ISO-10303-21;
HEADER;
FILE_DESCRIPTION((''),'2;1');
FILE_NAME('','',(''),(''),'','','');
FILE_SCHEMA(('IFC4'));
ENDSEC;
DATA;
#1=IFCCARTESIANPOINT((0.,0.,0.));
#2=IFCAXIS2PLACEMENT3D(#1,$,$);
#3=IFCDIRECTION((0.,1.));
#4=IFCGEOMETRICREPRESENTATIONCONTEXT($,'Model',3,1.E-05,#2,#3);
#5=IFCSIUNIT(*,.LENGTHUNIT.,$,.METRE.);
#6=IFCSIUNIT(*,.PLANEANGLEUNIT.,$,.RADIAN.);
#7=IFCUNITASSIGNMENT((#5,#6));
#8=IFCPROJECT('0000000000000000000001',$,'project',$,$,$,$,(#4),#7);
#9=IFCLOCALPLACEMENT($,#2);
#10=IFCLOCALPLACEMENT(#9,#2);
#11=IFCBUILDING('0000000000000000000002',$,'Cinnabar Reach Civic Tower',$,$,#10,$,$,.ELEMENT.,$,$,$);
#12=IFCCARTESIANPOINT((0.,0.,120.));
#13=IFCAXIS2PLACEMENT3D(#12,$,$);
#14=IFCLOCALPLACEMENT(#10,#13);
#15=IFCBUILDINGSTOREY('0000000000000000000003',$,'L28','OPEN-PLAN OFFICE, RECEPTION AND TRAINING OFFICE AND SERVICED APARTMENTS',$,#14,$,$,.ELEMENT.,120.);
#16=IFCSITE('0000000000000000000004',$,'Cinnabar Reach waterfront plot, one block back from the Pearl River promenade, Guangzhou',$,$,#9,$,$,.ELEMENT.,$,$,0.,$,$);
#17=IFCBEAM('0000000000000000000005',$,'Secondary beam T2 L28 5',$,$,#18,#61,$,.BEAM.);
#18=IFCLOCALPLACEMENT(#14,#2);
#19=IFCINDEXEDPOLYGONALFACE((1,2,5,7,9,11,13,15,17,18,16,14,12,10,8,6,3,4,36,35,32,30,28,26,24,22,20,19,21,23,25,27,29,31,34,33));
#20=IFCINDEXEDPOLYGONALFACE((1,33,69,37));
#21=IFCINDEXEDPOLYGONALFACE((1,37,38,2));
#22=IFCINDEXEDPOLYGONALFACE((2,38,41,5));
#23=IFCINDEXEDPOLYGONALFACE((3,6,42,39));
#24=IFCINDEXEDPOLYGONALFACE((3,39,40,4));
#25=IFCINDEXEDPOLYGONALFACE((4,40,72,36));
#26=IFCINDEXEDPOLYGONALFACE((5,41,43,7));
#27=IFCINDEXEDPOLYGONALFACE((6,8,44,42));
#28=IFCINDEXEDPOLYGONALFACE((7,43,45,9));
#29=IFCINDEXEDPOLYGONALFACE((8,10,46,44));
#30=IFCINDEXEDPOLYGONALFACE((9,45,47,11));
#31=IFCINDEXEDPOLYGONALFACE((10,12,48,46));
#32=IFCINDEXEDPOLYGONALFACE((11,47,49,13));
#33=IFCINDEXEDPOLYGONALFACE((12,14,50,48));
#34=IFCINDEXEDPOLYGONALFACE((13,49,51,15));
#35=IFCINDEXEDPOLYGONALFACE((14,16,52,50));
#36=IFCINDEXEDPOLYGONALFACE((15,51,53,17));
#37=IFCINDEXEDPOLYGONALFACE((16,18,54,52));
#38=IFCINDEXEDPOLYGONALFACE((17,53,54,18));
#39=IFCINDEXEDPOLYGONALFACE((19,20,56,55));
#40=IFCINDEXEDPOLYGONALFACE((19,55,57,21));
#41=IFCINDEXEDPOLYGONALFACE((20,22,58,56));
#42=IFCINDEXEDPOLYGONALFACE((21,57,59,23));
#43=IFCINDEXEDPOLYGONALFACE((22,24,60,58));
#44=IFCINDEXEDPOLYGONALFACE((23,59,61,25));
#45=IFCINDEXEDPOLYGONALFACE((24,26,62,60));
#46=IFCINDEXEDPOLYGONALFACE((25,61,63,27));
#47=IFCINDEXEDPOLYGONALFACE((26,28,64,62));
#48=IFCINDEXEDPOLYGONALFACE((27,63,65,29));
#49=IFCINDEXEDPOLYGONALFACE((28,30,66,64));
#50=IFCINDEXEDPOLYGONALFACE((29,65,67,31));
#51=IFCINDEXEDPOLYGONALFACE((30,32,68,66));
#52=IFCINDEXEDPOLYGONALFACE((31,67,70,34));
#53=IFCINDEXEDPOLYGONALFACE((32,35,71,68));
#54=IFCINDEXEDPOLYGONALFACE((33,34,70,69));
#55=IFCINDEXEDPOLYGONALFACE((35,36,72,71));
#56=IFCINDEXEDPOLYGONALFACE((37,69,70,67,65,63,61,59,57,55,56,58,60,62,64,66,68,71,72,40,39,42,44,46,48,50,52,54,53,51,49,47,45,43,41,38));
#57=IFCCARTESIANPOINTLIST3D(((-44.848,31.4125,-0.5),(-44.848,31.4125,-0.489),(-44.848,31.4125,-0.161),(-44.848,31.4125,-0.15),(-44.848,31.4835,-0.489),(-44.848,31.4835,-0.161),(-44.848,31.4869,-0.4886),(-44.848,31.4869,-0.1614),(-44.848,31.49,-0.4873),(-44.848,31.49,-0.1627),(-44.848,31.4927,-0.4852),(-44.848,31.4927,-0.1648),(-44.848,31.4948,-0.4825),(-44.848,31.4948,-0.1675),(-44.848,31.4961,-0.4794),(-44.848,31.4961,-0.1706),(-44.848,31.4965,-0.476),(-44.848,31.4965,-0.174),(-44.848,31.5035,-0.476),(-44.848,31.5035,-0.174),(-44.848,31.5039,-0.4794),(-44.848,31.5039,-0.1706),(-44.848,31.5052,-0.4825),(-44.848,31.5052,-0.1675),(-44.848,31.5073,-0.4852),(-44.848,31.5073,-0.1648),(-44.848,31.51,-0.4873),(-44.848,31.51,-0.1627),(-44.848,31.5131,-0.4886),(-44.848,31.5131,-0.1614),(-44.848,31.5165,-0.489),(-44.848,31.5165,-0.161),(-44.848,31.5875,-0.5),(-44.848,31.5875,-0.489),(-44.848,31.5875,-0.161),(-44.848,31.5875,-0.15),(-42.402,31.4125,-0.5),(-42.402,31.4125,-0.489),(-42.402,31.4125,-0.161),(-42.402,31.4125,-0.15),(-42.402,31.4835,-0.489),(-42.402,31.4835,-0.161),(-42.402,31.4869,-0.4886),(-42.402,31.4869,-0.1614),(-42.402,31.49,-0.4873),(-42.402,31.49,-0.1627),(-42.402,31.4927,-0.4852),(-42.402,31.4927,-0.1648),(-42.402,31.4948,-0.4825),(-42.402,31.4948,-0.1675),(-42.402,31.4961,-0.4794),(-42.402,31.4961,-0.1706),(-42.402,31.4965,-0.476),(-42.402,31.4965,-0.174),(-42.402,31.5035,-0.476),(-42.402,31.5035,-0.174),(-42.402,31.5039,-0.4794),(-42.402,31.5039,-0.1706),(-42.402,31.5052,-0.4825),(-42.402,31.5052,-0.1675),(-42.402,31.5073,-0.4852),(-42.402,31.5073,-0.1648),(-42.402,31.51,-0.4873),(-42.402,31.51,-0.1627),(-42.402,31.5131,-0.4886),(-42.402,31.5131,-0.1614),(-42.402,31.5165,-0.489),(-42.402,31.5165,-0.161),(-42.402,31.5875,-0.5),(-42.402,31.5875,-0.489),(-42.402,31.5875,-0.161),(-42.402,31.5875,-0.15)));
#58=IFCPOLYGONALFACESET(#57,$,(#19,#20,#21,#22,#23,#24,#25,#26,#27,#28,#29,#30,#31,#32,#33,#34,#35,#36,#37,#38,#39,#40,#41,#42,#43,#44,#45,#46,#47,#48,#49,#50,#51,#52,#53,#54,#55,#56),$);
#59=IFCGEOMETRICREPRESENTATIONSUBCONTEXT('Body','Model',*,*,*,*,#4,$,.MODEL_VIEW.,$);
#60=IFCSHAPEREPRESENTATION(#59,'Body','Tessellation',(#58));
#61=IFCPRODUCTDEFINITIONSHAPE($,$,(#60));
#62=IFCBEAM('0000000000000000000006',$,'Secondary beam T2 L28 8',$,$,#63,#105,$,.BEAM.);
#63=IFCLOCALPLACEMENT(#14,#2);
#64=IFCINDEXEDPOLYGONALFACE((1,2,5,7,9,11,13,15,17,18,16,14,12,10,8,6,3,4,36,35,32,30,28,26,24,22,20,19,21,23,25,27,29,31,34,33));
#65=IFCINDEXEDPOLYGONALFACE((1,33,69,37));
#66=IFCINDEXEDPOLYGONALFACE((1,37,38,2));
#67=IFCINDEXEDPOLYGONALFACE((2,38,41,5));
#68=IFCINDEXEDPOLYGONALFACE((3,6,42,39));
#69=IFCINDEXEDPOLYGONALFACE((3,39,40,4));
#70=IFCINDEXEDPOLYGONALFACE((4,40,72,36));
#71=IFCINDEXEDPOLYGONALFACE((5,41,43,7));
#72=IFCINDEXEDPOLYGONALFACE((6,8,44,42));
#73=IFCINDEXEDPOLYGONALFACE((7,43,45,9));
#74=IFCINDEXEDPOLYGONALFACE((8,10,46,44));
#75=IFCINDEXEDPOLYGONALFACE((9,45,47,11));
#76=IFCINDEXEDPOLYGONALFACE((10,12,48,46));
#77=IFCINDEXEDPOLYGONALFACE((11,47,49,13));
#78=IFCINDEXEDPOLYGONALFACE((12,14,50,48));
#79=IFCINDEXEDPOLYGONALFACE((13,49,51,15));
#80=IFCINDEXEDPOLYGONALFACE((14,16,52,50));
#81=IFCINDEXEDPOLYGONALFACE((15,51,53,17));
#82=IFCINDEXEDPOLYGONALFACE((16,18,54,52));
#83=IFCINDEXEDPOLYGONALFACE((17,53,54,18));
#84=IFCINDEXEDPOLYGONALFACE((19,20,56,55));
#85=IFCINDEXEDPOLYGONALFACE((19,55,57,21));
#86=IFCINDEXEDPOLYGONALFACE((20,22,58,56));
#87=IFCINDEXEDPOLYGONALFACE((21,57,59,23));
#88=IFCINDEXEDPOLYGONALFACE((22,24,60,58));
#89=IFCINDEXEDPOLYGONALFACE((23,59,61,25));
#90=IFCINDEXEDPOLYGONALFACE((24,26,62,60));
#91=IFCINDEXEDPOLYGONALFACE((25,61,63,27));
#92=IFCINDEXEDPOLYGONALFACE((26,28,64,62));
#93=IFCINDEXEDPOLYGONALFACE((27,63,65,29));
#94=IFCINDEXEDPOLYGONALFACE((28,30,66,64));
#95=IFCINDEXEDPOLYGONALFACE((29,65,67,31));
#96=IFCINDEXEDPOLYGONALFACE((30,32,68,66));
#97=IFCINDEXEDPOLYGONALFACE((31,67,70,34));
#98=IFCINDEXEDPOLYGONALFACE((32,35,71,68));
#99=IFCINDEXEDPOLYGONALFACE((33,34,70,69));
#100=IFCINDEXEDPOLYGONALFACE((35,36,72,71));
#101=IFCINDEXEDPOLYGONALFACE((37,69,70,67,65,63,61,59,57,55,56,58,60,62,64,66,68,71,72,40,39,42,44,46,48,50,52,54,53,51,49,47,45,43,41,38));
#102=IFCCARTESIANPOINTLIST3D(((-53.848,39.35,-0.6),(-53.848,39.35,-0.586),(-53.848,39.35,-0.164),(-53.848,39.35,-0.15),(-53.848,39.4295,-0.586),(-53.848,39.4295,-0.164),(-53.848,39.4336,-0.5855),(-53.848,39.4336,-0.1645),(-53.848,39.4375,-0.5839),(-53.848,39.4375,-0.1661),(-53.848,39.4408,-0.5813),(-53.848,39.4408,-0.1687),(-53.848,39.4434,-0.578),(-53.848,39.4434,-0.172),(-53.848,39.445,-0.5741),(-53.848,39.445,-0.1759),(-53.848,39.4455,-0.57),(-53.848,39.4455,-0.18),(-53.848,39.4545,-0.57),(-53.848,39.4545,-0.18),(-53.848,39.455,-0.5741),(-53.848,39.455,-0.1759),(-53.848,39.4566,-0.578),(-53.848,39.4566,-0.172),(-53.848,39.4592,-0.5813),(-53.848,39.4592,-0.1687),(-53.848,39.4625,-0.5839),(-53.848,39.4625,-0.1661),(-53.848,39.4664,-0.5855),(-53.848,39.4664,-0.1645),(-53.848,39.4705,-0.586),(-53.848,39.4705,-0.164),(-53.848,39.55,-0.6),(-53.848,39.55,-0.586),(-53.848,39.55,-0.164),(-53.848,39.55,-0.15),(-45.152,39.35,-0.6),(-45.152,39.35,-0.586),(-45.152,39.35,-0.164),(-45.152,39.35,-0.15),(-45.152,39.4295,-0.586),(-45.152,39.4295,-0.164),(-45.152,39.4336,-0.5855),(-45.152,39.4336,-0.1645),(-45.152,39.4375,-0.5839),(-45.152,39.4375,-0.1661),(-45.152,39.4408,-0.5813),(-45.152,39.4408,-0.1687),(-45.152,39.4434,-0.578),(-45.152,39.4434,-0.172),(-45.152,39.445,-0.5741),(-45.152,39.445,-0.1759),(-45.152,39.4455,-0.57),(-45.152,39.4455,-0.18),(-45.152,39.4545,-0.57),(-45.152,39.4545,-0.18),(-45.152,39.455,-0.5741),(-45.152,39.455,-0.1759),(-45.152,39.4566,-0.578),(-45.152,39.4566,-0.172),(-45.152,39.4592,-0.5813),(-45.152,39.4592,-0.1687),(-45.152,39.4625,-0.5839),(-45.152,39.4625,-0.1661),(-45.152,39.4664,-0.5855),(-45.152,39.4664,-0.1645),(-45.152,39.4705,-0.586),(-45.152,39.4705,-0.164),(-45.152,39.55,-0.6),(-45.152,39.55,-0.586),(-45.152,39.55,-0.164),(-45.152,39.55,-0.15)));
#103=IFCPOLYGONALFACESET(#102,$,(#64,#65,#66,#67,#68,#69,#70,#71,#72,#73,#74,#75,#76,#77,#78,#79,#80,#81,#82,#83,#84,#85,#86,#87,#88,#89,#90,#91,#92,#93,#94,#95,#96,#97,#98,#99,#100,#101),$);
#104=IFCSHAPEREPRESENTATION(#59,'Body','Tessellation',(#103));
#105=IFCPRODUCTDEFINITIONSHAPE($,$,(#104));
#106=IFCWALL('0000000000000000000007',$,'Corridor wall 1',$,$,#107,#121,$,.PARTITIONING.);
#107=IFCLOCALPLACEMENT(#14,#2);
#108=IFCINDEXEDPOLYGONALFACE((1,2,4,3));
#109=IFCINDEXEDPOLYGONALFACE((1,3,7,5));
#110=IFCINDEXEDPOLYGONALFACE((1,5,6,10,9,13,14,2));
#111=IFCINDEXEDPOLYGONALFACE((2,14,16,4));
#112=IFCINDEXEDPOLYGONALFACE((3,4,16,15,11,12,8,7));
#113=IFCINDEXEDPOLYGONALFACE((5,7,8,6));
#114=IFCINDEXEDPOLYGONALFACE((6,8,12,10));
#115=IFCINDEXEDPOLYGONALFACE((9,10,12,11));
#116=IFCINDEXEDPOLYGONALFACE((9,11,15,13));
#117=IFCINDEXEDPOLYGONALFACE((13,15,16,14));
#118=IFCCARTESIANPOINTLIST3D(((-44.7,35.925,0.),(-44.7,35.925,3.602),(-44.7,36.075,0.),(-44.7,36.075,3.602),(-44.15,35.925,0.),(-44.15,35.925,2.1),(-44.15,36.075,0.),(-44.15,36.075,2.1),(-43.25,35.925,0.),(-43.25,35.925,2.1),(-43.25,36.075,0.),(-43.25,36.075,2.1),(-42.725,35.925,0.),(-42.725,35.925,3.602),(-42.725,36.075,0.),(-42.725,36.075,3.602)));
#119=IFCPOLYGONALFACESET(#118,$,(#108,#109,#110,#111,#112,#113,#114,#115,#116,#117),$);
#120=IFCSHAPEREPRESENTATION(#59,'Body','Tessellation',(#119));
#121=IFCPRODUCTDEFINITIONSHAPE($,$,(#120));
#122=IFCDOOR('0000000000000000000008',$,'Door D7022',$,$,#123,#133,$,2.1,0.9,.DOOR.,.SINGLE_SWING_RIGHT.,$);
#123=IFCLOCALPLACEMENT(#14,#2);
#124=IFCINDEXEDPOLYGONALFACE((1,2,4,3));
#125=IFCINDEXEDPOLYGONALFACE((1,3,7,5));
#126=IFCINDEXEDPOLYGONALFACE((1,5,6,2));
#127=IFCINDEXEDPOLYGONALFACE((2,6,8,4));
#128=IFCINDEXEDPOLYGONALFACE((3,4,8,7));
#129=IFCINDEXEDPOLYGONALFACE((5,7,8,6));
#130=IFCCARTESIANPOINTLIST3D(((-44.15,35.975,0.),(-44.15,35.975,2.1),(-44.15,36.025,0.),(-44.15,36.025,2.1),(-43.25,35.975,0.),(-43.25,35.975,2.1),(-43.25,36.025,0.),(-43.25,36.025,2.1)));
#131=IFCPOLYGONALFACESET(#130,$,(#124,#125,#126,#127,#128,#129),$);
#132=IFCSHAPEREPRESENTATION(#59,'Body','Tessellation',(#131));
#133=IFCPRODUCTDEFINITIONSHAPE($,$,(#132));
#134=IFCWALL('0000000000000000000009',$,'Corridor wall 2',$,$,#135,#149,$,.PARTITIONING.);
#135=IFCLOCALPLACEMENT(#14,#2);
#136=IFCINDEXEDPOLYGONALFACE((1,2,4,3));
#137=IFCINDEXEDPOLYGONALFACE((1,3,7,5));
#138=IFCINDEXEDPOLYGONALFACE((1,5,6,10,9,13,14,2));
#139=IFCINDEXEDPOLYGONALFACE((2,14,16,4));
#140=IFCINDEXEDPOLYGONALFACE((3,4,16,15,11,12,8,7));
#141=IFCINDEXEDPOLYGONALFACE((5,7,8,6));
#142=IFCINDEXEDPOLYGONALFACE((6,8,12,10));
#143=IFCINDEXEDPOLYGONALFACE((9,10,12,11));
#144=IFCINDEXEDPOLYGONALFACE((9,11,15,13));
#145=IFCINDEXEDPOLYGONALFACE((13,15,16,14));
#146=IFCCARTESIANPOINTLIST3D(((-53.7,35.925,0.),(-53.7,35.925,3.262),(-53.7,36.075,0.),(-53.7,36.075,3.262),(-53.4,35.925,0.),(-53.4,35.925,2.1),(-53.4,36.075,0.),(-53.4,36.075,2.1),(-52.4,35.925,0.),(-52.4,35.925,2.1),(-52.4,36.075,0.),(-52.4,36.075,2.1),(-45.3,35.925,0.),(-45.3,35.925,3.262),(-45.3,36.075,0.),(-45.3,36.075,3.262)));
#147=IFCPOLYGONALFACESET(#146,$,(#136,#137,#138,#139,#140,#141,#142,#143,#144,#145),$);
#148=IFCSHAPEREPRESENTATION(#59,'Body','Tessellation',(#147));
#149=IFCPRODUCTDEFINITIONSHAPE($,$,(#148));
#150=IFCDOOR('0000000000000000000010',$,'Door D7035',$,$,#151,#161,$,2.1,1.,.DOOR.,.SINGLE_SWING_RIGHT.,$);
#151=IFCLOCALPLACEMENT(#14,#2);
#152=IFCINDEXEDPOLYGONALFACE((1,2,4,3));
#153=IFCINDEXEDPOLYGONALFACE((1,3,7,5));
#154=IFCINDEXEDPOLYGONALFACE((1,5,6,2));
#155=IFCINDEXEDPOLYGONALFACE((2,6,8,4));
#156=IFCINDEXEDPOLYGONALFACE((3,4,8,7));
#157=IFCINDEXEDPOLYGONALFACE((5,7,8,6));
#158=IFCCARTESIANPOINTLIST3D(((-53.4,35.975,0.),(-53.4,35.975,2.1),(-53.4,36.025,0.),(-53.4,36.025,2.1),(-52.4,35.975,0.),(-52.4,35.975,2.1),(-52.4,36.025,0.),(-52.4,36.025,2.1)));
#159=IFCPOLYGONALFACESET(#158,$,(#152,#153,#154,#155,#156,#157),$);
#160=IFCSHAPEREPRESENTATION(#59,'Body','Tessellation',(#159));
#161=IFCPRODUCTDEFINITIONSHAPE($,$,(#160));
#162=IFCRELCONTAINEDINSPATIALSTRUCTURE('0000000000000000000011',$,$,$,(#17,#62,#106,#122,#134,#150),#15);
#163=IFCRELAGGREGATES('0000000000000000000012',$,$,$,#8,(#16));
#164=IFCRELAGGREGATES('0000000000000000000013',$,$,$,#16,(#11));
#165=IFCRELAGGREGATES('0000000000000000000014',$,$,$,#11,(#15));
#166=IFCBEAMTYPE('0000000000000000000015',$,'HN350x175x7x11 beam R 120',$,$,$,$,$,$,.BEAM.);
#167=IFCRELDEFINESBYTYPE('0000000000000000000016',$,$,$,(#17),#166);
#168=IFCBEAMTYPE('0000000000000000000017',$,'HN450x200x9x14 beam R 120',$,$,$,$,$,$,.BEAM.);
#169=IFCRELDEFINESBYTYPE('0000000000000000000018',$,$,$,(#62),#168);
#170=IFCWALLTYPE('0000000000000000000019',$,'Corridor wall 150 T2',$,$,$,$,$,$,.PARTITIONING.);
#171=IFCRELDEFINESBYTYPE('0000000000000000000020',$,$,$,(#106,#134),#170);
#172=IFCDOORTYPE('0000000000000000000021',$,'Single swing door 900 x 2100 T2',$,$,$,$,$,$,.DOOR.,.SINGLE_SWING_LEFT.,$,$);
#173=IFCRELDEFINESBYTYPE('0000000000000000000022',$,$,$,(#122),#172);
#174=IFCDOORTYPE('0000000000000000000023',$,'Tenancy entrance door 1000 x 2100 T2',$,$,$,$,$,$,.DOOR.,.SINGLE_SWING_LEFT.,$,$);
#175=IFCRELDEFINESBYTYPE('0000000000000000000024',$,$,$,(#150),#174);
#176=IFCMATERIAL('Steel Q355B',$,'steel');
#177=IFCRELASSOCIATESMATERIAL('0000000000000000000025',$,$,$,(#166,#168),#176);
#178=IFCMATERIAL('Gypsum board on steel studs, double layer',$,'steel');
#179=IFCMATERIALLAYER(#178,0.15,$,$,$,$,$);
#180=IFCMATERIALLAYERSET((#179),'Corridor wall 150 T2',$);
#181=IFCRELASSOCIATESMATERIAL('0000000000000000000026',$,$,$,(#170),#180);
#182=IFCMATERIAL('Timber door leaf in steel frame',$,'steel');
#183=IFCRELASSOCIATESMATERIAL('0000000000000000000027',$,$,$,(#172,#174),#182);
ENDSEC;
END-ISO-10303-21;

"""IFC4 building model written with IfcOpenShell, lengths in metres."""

from ifc_helpers import new_model, si_unit, direction, frame, frame_2d, origin, origin_2d, place, context, subcontext, project, spatial, rectangle, i_section, extrude, material, layer, layer_set, material_profile, profile_set, type_object, element, fill, save


model = new_model("IFC4")

# Units and contexts
model_context = context("Model", 3, precision=1e-05, world=origin(), true_north=direction((0.0, 1.0)))
body_context = subcontext(model_context, "Body", "Model", "MODEL_VIEW")
ifc_project = project(units=[si_unit("LENGTHUNIT", "METRE"), si_unit("PLANEANGLEUNIT", "RADIAN")], contexts=[model_context])

# Site, building, storey
site_placement = place(None, origin())
site = spatial("IfcSite", under=ifc_project, at=site_placement, Name="Cinnabar Reach waterfront plot, one block back from the Pearl River promenade, Guangzhou", CompositionType="ELEMENT", RefElevation=0.0)
building_placement = place(site_placement, origin())
building = spatial("IfcBuilding", under=site, at=building_placement, Name="Cinnabar Reach Civic Tower", CompositionType="ELEMENT")
storey_placement = place(building_placement, frame((0.0, 0.0, 120.0)))
storey = spatial("IfcBuildingStorey", under=building, at=storey_placement, Name="L28", Description="OPEN-PLAN OFFICE, RECEPTION AND TRAINING OFFICE AND SERVICED APARTMENTS", CompositionType="ELEMENT", Elevation=120.0)

# Beams
ifc_material_1 = material(Name="Steel Q355B", Category="steel")
ifc_material_profile_1 = material_profile(ifc_material_1, i_section(OverallWidth=0.175, OverallDepth=0.35, WebThickness=0.007, FlangeThickness=0.011, FilletRadius=0.013, at=origin_2d()), Name="HN350x175x7x11")
ifc_profile_set_1 = profile_set([ifc_material_profile_1], Name="Steel Q355B")
beam_type_1 = type_object("IfcBeamType", Name="HN350x175x7x11 beam R 120", PredefinedType="BEAM", material=ifc_profile_set_1)
beam_1_placement = place(storey_placement, frame((-44.848, 31.5, -0.325), z_axis=(1.0, 0.0, 0.0), x_axis=(0.0, 1.0, 0.0)))
element("IfcBeam", 1, at=beam_1_placement, inside=storey, type_object=beam_type_1, Name="Secondary beam T2 L28 5", PredefinedType="BEAM", context=body_context, shape_type="SweptSolid", body=[
    extrude(i_section(OverallWidth=0.175, OverallDepth=0.35, WebThickness=0.007, FlangeThickness=0.011, FilletRadius=0.013, at=origin_2d()), origin(), (0.0, 0.0, 1.0), 2.446),
])
ifc_material_profile_2 = material_profile(ifc_material_1, i_section(OverallWidth=0.2, OverallDepth=0.45, WebThickness=0.009, FlangeThickness=0.014, FilletRadius=0.016, at=origin_2d()), Name="HN450x200x9x14")
ifc_profile_set_2 = profile_set([ifc_material_profile_2], Name="Steel Q355B")
beam_type_2 = type_object("IfcBeamType", Name="HN450x200x9x14 beam R 120", PredefinedType="BEAM", material=ifc_profile_set_2)
beam_2_placement = place(storey_placement, frame((-53.848, 39.45, -0.375), z_axis=(1.0, 0.0, 0.0), x_axis=(0.0, 1.0, 0.0)))
element("IfcBeam", 2, at=beam_2_placement, inside=storey, type_object=beam_type_2, Name="Secondary beam T2 L28 8", PredefinedType="BEAM", context=body_context, shape_type="SweptSolid", body=[
    extrude(i_section(OverallWidth=0.2, OverallDepth=0.45, WebThickness=0.009, FlangeThickness=0.014, FilletRadius=0.016, at=origin_2d()), origin(), (0.0, 0.0, 1.0), 8.696),
])

# Walls, openings, doors
ifc_material_2 = material(Name="Gypsum board on steel studs, double layer", Category="steel")
ifc_layer_1 = layer(ifc_material_2, 0.15)
ifc_layer_set_1 = layer_set([ifc_layer_1], Name="Corridor wall 150 T2")
wall_type_1 = type_object("IfcWallType", Name="Corridor wall 150 T2", PredefinedType="PARTITIONING", material=ifc_layer_set_1)
wall_1_placement = place(storey_placement, frame((-44.7, 36.0, 0.0), z_axis=(0.0, 0.0, 1.0), x_axis=(1.0, 0.0, 0.0)))
wall_1 = element("IfcWall", 3, at=wall_1_placement, inside=storey, type_object=wall_type_1, Name="Corridor wall 1", PredefinedType="PARTITIONING", context=body_context, shape_type="SweptSolid", body=[
    extrude(rectangle(XDim=1.975, YDim=0.15, at=frame_2d((0.9875, 0.0))), origin(), (0.0, 0.0, 1.0), 3.602),
])
opening_1_placement = place(wall_1_placement, frame((0.55, 0.0, 0.0)))
opening_1 = element("IfcOpeningElement", 4, at=opening_1_placement, cuts=wall_1, PredefinedType="OPENING", context=body_context, shape_type="SweptSolid", body=[
    extrude(rectangle(XDim=0.9, YDim=2.1, at=frame_2d((0.45, 1.05))), frame((0.0, 0.085, 0.0), z_axis=(0.0, -1.0, 0.0), x_axis=(1.0, 0.0, 0.0)), (0.0, 0.0, 1.0), 0.17),
])
ifc_material_3 = material(Name="Timber door leaf in steel frame", Category="steel")
door_type_1 = type_object("IfcDoorType", Name="Single swing door 900 x 2100 T2", OperationType="SINGLE_SWING_LEFT", PredefinedType="DOOR", material=ifc_material_3)
door_1_placement = place(opening_1_placement, origin())
door_1 = element("IfcDoor", 5, at=door_1_placement, inside=storey, type_object=door_type_1, Name="Door D7022", OperationType="SINGLE_SWING_RIGHT", OverallHeight=2.1, OverallWidth=0.9, PredefinedType="DOOR", context=body_context, shape_type="SweptSolid", body=[
    extrude(rectangle(XDim=0.9, YDim=2.1, at=frame_2d((0.45, 1.05))), frame((0.0, 0.025, 0.0), z_axis=(0.0, -1.0, 0.0), x_axis=(1.0, 0.0, 0.0)), (0.0, 0.0, 1.0), 0.05),
])
fill(opening_1, door_1)
wall_2_placement = place(storey_placement, frame((-53.7, 36.0, 0.0), z_axis=(0.0, 0.0, 1.0), x_axis=(1.0, 0.0, 0.0)))
wall_2 = element("IfcWall", 6, at=wall_2_placement, inside=storey, type_object=wall_type_1, Name="Corridor wall 2", PredefinedType="PARTITIONING", context=body_context, shape_type="SweptSolid", body=[
    extrude(rectangle(XDim=8.4, YDim=0.15, at=frame_2d((4.2, 0.0))), origin(), (0.0, 0.0, 1.0), 3.262),
])
opening_2_placement = place(wall_2_placement, frame((0.3, 0.0, 0.0)))
opening_2 = element("IfcOpeningElement", 7, at=opening_2_placement, cuts=wall_2, PredefinedType="OPENING", context=body_context, shape_type="SweptSolid", body=[
    extrude(rectangle(XDim=1.0, YDim=2.1, at=frame_2d((0.5, 1.05))), frame((0.0, 0.085, 0.0), z_axis=(0.0, -1.0, 0.0), x_axis=(1.0, 0.0, 0.0)), (0.0, 0.0, 1.0), 0.17),
])
door_type_2 = type_object("IfcDoorType", Name="Tenancy entrance door 1000 x 2100 T2", OperationType="SINGLE_SWING_LEFT", PredefinedType="DOOR", material=ifc_material_3)
door_2_placement = place(opening_2_placement, origin())
door_2 = element("IfcDoor", 8, at=door_2_placement, inside=storey, type_object=door_type_2, Name="Door D7035", OperationType="SINGLE_SWING_RIGHT", OverallHeight=2.1, OverallWidth=1.0, PredefinedType="DOOR", context=body_context, shape_type="SweptSolid", body=[
    extrude(rectangle(XDim=1.0, YDim=2.1, at=frame_2d((0.5, 1.05))), frame((0.0, 0.025, 0.0), z_axis=(0.0, -1.0, 0.0), x_axis=(1.0, 0.0, 0.0)), (0.0, 0.0, 1.0), 0.05),
])
fill(opening_2, door_2)

save(model, "model.ifc")
